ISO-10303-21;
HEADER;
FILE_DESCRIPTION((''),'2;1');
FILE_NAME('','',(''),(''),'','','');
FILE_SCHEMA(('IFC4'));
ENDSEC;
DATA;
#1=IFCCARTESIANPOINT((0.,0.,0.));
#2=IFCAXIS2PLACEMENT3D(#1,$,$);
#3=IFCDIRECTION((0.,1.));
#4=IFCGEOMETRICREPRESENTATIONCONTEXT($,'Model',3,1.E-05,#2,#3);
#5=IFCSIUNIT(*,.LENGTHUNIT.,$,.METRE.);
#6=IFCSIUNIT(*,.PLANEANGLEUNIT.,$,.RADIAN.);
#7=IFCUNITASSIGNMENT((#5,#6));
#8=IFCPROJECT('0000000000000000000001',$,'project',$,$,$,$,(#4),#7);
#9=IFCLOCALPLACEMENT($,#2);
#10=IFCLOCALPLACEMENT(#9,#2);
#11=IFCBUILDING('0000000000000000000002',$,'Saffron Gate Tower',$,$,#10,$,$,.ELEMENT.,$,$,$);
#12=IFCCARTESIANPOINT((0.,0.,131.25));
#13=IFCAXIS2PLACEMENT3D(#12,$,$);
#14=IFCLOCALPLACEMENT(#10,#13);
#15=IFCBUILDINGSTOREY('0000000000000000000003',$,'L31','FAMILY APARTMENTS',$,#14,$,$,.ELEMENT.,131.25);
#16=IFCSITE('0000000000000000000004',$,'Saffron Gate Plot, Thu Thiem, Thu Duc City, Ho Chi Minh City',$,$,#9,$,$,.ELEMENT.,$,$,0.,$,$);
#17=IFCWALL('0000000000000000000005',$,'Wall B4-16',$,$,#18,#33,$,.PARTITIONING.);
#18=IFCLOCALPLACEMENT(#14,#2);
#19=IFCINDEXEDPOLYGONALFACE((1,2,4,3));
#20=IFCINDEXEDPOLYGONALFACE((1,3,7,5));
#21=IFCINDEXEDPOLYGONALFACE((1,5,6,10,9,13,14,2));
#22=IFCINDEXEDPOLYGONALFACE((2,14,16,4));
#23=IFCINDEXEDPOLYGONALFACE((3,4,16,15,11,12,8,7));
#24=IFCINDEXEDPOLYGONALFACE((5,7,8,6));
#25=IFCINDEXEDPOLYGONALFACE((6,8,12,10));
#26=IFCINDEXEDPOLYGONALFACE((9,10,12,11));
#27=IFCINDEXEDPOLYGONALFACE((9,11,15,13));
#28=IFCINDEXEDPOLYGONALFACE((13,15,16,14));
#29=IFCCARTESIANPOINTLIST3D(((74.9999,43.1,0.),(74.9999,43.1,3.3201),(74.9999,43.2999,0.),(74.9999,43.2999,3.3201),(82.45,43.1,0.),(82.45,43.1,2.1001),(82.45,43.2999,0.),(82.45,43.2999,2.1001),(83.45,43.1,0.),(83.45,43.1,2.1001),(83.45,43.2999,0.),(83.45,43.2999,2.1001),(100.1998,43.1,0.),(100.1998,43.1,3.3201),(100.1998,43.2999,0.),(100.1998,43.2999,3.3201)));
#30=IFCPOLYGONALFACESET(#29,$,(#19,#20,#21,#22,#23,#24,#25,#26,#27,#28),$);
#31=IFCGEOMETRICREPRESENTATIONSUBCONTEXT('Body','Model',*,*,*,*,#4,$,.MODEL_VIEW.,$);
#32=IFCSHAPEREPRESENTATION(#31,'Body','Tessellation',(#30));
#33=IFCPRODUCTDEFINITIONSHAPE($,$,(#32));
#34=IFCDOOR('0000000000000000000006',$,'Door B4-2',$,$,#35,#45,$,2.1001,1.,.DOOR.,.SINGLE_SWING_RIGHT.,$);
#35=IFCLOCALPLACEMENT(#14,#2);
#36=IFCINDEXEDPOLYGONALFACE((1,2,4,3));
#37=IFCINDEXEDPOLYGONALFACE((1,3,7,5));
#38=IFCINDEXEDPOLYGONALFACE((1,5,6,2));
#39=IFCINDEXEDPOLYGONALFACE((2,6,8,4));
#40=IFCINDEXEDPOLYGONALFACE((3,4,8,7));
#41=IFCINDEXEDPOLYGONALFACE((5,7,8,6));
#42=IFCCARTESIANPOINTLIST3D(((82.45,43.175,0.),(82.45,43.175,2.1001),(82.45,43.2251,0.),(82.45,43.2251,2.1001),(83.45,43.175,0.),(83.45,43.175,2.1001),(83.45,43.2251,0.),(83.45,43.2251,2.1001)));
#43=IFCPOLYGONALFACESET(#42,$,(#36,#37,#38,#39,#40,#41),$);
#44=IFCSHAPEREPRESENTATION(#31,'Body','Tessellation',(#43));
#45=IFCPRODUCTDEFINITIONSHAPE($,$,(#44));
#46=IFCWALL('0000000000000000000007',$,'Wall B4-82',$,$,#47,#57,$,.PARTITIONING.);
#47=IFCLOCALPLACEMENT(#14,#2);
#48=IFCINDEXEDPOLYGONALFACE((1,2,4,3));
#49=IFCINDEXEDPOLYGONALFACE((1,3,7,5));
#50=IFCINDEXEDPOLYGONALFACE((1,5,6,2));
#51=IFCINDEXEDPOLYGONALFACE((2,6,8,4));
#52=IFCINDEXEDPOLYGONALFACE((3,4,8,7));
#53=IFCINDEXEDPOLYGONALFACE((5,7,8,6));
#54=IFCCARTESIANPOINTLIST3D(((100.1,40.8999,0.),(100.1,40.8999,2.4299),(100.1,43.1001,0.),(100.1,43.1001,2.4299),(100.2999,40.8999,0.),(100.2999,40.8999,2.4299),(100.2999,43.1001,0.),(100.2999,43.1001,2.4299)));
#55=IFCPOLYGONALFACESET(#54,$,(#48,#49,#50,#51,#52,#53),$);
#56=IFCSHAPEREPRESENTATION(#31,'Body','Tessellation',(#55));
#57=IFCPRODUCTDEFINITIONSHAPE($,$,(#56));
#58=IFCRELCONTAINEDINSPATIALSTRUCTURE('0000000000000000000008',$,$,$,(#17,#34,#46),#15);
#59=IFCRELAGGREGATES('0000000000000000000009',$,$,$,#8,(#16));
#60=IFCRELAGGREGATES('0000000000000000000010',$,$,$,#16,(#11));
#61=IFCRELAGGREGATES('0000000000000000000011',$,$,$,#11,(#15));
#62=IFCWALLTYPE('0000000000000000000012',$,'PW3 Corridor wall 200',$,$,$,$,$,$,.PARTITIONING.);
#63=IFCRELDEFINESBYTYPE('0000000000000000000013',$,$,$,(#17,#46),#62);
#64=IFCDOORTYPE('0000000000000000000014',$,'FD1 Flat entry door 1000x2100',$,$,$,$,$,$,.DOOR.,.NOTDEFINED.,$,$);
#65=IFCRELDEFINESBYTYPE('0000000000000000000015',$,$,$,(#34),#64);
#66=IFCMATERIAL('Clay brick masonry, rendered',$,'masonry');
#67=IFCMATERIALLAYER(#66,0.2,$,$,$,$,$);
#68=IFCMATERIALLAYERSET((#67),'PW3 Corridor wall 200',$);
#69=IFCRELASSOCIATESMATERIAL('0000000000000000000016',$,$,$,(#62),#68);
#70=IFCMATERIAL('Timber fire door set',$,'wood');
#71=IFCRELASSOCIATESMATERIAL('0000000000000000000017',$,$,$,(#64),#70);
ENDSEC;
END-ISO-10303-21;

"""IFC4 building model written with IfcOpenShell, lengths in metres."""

from ifc_helpers import new_model, si_unit, direction, frame, frame_2d, origin, place, context, subcontext, project, spatial, rectangle, extrude, material, layer, layer_set, type_object, element, fill, save


model = new_model("IFC4")

# Units and contexts
model_context = context("Model", 3, precision=1e-05, world=origin(), true_north=direction((0.0, 1.0)))
body_context = subcontext(model_context, "Body", "Model", "MODEL_VIEW")
ifc_project = project(units=[si_unit("LENGTHUNIT", "METRE"), si_unit("PLANEANGLEUNIT", "RADIAN")], contexts=[model_context])

# Site, building, storey
site_placement = place(None, origin())
site = spatial("IfcSite", under=ifc_project, at=site_placement, Name="Saffron Gate Plot, Thu Thiem, Thu Duc City, Ho Chi Minh City", CompositionType="ELEMENT", RefElevation=0.0)
building_placement = place(site_placement, origin())
building = spatial("IfcBuilding", under=site, at=building_placement, Name="Saffron Gate Tower", CompositionType="ELEMENT")
storey_placement = place(building_placement, frame((0.0, 0.0, 131.25)))
storey = spatial("IfcBuildingStorey", under=building, at=storey_placement, Name="L31", Description="FAMILY APARTMENTS", CompositionType="ELEMENT", Elevation=131.25)

# Shared definitions
ifc_material_1 = material(Name="Clay brick masonry, rendered", Category="masonry")

# Wall, opening, door
ifc_layer_1 = layer(ifc_material_1, 0.2)
ifc_layer_set_1 = layer_set([ifc_layer_1], Name="PW3 Corridor wall 200")
wall_type_1 = type_object("IfcWallType", Name="PW3 Corridor wall 200", PredefinedType="PARTITIONING", material=ifc_layer_set_1)
wall_1_placement = place(storey_placement, frame((100.2, 43.2, 0.0), z_axis=(0.0, 0.0, 1.0), x_axis=(-1.0, 0.0, 0.0)))
wall_1 = element("IfcWall", 1, at=wall_1_placement, inside=storey, type_object=wall_type_1, Name="Wall B4-16", PredefinedType="PARTITIONING", context=body_context, shape_type="SweptSolid", body=[
    extrude(rectangle(XDim=25.2, YDim=0.2, at=frame_2d((12.6001, 0.0))), origin(), (0.0, 0.0, 1.0), 3.3201),
])
opening_1_placement = place(wall_1_placement, frame((16.75, 0.0, 0.0)))
opening_1 = element("IfcOpeningElement", 2, at=opening_1_placement, cuts=wall_1, PredefinedType="OPENING", context=body_context, shape_type="SweptSolid", body=[
    extrude(rectangle(XDim=1.0, YDim=2.1001, at=frame_2d((0.5, 1.05))), frame((0.0, 0.1099, 0.0), z_axis=(0.0, -1.0, 0.0), x_axis=(1.0, 0.0, 0.0)), (0.0, 0.0, 1.0), 0.22),
])
ifc_material_2 = material(Name="Timber fire door set", Category="wood")
door_type = type_object("IfcDoorType", Name="FD1 Flat entry door 1000x2100", OperationType="NOTDEFINED", PredefinedType="DOOR", material=ifc_material_2)
door_placement = place(opening_1_placement, origin())
door = element("IfcDoor", 3, at=door_placement, inside=storey, type_object=door_type, Name="Door B4-2", OperationType="SINGLE_SWING_RIGHT", OverallHeight=2.1001, OverallWidth=1.0, PredefinedType="DOOR", context=body_context, shape_type="SweptSolid", body=[
    extrude(rectangle(XDim=1.0, YDim=2.1001, at=frame_2d((0.5, 1.05))), frame((0.0, 0.0249, 0.0), z_axis=(0.0, -1.0, 0.0), x_axis=(1.0, 0.0, 0.0)), (0.0, 0.0, 1.0), 0.05),
])
fill(opening_1, door)

# Wall
wall_2_placement = place(storey_placement, frame((100.2, 43.1001, 0.0), z_axis=(0.0, 0.0, 1.0), x_axis=(0.0, -1.0, 0.0)))
element("IfcWall", 4, at=wall_2_placement, inside=storey, type_object=wall_type_1, Name="Wall B4-82", PredefinedType="PARTITIONING", context=body_context, shape_type="SweptSolid", body=[
    extrude(rectangle(XDim=2.2002, YDim=0.2, at=frame_2d((1.1001, 0.0))), origin(), (0.0, 0.0, 1.0), 2.4299),
])

save(model, "model.ifc")
